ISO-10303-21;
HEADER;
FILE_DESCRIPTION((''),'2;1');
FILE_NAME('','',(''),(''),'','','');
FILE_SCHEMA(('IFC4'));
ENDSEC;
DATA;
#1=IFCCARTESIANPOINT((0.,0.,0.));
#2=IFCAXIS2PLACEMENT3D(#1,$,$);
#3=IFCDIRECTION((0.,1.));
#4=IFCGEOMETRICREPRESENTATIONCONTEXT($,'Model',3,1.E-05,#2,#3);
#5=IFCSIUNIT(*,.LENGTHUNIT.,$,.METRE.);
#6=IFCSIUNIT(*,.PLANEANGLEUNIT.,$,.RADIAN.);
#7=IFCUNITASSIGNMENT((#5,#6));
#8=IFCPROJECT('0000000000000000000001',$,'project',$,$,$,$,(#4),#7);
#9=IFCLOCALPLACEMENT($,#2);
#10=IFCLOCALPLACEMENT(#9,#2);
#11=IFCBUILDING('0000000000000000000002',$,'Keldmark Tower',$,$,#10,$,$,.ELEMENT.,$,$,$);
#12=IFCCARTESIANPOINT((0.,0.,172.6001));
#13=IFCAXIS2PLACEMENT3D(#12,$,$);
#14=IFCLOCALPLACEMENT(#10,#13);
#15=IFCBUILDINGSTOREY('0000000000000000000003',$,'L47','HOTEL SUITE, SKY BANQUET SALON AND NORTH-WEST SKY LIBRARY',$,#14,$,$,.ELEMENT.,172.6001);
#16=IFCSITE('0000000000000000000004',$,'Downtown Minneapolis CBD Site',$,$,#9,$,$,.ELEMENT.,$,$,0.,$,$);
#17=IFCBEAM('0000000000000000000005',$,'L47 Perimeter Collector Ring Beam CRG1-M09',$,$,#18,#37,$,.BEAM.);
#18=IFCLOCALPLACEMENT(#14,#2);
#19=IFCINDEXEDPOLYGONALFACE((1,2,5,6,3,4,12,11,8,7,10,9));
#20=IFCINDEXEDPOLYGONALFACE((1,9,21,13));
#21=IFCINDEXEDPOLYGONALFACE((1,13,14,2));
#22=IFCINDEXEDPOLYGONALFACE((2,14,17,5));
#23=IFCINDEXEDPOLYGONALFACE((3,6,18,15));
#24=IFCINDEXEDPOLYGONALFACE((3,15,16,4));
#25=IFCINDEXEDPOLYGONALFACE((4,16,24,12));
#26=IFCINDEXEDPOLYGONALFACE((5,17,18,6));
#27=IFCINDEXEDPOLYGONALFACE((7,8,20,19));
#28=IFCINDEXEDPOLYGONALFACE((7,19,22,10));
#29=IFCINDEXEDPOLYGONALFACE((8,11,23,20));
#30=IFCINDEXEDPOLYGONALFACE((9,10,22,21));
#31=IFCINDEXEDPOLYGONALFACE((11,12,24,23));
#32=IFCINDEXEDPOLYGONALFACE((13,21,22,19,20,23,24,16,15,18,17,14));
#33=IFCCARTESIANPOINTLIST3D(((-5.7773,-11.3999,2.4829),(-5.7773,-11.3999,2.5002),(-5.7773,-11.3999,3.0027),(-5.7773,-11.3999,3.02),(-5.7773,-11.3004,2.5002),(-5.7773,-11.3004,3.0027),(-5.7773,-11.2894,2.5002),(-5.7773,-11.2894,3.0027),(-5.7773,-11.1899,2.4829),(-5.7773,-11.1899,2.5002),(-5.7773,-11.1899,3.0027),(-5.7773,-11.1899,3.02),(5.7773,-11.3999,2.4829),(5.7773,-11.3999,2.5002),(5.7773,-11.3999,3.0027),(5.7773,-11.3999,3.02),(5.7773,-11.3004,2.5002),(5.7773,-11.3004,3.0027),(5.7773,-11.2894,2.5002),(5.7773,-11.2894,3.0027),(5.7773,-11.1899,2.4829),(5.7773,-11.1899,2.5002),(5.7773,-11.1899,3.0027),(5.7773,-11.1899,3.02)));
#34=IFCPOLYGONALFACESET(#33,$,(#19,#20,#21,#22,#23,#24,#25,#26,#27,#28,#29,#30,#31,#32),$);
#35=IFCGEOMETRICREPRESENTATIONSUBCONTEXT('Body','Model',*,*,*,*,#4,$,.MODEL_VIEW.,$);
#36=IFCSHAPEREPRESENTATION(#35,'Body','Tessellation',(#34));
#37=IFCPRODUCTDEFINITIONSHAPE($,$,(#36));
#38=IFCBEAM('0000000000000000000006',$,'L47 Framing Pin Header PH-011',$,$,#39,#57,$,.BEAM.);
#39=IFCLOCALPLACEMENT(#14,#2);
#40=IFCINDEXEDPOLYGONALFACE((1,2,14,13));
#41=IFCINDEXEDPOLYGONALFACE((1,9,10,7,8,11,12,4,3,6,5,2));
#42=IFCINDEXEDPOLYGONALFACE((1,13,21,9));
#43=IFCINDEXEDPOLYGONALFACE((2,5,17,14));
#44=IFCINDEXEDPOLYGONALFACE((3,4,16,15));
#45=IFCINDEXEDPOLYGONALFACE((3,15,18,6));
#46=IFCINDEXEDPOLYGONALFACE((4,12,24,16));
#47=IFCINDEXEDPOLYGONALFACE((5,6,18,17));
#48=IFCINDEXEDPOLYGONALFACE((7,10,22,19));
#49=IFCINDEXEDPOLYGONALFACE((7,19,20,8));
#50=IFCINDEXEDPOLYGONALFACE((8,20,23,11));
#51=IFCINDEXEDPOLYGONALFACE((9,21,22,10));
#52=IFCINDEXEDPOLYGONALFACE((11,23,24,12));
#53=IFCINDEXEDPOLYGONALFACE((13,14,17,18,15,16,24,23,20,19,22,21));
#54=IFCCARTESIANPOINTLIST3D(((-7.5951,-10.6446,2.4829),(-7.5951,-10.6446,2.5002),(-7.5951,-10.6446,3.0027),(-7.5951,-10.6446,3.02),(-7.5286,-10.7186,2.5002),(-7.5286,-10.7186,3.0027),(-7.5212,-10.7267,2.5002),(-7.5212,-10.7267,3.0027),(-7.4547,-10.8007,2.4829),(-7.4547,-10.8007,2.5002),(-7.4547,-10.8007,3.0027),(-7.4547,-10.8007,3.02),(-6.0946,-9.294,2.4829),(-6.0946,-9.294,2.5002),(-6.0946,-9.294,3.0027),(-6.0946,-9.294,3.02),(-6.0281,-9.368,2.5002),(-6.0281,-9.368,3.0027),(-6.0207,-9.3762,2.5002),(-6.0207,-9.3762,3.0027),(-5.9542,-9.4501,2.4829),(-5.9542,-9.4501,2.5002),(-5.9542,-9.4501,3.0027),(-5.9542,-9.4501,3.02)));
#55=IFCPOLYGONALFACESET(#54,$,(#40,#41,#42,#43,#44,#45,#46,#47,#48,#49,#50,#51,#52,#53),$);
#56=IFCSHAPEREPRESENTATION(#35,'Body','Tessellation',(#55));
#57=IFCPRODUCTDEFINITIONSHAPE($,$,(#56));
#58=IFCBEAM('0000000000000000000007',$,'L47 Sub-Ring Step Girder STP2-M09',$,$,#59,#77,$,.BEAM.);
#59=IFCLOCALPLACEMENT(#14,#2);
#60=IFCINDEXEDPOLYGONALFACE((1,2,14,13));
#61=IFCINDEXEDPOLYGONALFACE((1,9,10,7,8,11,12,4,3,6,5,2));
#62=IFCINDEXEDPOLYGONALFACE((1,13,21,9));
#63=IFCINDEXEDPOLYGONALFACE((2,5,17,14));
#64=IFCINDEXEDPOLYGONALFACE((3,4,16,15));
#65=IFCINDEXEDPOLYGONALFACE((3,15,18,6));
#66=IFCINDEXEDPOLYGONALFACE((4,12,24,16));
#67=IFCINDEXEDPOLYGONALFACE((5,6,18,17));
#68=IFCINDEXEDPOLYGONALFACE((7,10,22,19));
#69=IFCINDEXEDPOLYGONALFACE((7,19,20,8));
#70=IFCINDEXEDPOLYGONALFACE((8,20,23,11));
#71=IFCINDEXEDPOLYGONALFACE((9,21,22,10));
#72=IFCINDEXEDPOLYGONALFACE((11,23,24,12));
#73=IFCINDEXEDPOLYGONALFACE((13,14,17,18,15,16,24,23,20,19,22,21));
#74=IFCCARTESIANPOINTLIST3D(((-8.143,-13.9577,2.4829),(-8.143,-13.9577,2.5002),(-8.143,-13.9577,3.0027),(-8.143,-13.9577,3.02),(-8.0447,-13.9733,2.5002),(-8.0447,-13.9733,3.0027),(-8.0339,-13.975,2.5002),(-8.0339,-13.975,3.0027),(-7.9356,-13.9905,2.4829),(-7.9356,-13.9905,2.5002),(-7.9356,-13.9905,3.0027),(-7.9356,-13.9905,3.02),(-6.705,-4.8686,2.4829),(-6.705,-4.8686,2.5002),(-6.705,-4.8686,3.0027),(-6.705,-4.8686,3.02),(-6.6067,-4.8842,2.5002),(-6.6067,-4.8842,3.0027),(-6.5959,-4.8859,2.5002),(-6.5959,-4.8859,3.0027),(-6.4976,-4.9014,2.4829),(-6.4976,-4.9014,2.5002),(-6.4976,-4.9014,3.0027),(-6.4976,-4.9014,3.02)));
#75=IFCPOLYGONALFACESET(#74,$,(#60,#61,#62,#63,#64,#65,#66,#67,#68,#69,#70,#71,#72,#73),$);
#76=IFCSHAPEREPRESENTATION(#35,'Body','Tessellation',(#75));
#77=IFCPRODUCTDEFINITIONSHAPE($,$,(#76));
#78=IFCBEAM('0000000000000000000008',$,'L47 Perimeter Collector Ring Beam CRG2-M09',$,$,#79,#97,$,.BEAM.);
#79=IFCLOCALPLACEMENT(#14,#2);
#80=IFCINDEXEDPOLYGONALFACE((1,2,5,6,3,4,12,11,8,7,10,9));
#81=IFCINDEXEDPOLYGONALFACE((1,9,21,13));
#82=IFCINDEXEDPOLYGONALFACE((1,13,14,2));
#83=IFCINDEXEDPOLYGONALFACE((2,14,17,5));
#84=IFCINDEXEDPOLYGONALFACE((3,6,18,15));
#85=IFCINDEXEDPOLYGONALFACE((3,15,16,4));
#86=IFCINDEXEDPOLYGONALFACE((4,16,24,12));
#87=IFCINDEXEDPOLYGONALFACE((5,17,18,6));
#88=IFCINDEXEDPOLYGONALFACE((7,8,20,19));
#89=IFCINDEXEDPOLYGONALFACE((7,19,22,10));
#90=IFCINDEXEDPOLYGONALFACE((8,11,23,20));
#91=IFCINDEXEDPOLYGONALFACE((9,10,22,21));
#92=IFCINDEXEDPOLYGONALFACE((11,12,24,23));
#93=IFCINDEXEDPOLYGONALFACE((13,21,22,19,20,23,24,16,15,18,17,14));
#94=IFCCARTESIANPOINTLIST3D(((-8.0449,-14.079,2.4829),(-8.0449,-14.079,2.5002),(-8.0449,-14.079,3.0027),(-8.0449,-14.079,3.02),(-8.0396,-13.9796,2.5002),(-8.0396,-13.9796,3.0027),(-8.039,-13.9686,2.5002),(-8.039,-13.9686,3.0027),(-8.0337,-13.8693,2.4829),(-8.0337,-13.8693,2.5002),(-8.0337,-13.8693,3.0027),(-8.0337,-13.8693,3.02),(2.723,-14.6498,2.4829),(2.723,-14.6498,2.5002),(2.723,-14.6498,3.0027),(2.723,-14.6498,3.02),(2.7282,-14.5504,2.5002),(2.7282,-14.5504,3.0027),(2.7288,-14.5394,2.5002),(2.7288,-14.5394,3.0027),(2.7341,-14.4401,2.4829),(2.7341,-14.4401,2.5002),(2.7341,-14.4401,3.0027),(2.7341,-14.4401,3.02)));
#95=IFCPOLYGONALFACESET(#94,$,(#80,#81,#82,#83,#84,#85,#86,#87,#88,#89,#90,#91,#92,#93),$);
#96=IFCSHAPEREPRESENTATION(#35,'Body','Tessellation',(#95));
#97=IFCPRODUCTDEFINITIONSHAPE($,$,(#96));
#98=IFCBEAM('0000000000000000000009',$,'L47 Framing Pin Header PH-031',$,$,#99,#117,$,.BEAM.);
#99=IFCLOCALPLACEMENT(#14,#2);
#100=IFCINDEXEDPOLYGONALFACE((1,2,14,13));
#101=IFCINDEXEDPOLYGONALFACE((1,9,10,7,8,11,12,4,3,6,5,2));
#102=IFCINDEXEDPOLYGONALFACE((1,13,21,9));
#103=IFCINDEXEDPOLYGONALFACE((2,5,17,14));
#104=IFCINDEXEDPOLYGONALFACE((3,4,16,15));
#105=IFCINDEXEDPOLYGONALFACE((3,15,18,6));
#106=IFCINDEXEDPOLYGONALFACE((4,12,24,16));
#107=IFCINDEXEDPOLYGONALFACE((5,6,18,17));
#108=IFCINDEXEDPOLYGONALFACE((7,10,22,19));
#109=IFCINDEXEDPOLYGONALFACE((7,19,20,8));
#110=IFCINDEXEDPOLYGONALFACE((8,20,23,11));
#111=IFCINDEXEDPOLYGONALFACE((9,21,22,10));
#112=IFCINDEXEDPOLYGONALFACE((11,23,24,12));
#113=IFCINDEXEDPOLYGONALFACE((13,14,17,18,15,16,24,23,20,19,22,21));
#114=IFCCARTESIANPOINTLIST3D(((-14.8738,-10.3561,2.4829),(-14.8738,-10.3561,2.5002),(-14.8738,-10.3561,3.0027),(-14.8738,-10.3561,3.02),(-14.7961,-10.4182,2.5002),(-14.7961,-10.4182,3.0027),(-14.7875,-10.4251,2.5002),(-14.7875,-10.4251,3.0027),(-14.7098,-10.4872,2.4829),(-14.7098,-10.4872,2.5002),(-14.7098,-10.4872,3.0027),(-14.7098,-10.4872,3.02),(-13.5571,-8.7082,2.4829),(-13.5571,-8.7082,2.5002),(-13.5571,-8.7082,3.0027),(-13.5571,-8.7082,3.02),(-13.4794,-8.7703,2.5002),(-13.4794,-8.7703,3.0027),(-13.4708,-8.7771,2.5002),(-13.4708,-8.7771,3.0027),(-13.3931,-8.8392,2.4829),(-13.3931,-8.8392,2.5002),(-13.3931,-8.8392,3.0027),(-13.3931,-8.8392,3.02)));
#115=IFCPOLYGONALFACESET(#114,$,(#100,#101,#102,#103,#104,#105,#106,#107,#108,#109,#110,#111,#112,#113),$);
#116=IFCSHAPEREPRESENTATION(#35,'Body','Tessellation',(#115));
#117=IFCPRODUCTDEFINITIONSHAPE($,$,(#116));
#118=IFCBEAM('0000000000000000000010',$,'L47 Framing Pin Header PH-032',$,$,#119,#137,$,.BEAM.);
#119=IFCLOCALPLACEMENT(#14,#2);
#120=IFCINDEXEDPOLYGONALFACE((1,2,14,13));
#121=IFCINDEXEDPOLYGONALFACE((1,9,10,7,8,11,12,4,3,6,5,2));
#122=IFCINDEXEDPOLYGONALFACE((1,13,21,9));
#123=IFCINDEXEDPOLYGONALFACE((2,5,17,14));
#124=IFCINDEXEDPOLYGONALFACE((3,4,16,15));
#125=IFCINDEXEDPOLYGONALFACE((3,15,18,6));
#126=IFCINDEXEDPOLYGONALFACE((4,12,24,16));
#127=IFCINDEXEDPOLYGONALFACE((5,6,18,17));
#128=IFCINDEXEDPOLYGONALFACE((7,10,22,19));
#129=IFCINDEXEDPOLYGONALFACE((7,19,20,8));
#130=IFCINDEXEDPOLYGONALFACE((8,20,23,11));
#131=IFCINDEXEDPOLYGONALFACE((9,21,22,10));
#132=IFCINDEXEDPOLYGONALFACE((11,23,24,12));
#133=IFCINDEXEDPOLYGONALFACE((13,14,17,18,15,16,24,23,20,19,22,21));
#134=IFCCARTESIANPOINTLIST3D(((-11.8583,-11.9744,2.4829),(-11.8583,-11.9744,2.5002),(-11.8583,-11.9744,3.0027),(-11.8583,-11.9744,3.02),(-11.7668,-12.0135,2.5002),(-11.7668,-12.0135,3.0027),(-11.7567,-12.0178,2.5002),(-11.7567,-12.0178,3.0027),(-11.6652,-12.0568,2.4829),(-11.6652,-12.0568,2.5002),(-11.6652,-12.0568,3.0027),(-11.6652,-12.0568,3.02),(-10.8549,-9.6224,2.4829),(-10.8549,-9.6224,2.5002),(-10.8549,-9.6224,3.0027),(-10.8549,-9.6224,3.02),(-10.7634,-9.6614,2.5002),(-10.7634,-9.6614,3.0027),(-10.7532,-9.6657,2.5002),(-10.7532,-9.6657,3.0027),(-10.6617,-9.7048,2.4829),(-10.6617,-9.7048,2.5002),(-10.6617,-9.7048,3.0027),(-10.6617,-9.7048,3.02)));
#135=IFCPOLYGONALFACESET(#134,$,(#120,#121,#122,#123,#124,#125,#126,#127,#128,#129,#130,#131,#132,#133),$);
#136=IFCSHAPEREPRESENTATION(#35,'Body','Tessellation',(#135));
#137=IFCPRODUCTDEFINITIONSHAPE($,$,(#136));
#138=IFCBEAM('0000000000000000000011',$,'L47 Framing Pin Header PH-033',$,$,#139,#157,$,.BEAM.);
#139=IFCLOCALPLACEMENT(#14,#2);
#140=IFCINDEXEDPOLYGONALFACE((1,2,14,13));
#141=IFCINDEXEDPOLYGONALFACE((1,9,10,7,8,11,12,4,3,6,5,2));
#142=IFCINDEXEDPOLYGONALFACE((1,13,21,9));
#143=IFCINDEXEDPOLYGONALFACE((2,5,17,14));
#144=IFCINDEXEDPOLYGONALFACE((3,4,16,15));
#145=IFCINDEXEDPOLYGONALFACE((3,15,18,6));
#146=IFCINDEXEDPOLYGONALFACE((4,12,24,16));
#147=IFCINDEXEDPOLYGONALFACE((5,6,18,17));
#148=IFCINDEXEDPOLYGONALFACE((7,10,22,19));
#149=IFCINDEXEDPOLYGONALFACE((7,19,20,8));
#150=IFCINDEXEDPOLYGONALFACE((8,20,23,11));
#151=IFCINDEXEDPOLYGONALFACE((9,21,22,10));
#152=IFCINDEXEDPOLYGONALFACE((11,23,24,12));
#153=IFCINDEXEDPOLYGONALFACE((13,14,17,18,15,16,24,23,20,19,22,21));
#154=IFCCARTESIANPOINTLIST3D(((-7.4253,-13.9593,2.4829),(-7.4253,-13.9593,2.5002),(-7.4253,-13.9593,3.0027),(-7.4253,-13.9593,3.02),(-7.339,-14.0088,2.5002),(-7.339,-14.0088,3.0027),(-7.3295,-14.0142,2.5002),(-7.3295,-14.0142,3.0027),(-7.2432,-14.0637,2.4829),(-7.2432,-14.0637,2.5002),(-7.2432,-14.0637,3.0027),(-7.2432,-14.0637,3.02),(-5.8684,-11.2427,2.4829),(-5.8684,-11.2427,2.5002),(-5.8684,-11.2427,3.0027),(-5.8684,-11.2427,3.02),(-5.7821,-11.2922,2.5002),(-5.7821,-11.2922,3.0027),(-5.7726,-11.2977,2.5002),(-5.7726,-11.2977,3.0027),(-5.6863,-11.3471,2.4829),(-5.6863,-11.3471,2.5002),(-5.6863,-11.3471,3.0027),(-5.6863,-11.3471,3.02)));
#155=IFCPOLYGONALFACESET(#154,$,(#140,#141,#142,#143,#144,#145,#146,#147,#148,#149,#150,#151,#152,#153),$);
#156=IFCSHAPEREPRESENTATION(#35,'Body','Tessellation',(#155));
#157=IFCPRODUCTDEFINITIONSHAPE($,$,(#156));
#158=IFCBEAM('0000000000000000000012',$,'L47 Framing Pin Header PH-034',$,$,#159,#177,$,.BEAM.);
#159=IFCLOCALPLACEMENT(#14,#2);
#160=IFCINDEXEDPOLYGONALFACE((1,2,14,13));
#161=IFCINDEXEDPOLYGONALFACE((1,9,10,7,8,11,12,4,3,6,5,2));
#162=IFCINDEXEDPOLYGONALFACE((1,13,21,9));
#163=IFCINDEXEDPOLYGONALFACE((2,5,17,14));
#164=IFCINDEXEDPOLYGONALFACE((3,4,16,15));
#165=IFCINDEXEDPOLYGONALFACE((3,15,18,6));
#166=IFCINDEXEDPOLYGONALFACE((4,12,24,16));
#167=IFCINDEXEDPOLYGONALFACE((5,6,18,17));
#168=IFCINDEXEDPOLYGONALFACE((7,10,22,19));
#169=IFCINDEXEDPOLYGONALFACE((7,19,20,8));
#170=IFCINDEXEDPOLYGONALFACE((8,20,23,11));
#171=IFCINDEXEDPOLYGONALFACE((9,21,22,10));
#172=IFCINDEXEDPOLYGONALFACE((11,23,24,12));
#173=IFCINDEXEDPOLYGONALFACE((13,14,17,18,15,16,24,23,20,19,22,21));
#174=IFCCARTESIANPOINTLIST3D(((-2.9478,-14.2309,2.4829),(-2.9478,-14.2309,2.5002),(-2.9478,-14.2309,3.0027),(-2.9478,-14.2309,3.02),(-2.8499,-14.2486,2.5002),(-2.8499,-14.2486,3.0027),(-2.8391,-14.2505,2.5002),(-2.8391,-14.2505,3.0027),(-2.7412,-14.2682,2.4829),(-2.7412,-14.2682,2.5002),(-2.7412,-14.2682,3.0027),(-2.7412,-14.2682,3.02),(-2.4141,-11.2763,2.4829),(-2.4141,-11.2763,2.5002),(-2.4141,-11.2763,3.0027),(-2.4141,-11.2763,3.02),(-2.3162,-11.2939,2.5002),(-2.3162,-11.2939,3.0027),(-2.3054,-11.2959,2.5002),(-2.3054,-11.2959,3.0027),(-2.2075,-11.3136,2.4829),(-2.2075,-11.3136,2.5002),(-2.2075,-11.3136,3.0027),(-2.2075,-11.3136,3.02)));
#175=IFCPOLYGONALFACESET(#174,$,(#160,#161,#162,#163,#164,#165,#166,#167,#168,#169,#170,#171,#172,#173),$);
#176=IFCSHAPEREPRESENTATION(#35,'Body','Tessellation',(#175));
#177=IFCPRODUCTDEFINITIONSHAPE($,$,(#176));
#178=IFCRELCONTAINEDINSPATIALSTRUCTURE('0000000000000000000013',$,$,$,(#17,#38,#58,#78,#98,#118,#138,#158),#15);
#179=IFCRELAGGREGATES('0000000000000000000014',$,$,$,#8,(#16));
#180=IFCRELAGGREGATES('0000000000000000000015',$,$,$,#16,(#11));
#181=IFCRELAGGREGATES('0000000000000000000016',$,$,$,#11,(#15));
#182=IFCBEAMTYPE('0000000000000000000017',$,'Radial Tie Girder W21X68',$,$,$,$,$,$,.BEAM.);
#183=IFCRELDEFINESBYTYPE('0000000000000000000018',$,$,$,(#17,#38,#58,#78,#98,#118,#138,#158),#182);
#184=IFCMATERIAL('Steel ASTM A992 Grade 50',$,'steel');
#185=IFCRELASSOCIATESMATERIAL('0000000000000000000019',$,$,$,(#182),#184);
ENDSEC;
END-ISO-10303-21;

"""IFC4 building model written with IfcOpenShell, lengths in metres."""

from ifc_helpers import new_model, si_unit, direction, frame, origin, origin_2d, place, context, subcontext, project, spatial, i_section, extrude, material, material_profile, profile_set, type_object, element, save


model = new_model("IFC4")

# Units and contexts
model_context = context("Model", 3, precision=1e-05, world=origin(), true_north=direction((0.0, 1.0)))
body_context = subcontext(model_context, "Body", "Model", "MODEL_VIEW")
ifc_project = project(units=[si_unit("LENGTHUNIT", "METRE"), si_unit("PLANEANGLEUNIT", "RADIAN")], contexts=[model_context])

# Site, building, storey
site_placement = place(None, origin())
site = spatial("IfcSite", under=ifc_project, at=site_placement, Name="Downtown Minneapolis CBD Site", CompositionType="ELEMENT", RefElevation=0.0)
building_placement = place(site_placement, origin())
building = spatial("IfcBuilding", under=site, at=building_placement, Name="Keldmark Tower", CompositionType="ELEMENT")
storey_placement = place(building_placement, frame((0.0, 0.0, 172.6001)))
storey = spatial("IfcBuildingStorey", under=building, at=storey_placement, Name="L47", Description="HOTEL SUITE, SKY BANQUET SALON AND NORTH-WEST SKY LIBRARY", CompositionType="ELEMENT", Elevation=172.6001)

# Beams
ifc_material_1 = material(Name="Steel ASTM A992 Grade 50", Category="steel")
ifc_material_profile_1 = material_profile(ifc_material_1, i_section(OverallWidth=0.21, OverallDepth=0.5371, WebThickness=0.011, FlangeThickness=0.0173, at=origin_2d()), Name="W21X68")
ifc_profile_set_1 = profile_set([ifc_material_profile_1], Name="Steel ASTM A992 Grade 50")
beam_type_1 = type_object("IfcBeamType", Name="Radial Tie Girder W21X68", PredefinedType="BEAM", material=ifc_profile_set_1)
beam_1_placement = place(storey_placement, frame((-5.7773, -11.2949, 2.7515), z_axis=(1.0, 0.0, 0.0), x_axis=(0.0, 1.0, 0.0)))
element("IfcBeam", 1, at=beam_1_placement, inside=storey, type_object=beam_type_1, Name="L47 Perimeter Collector Ring Beam CRG1-M09", PredefinedType="BEAM", context=body_context, shape_type="SweptSolid", body=[
    extrude(i_section(OverallWidth=0.21, OverallDepth=0.5371, WebThickness=0.011, FlangeThickness=0.0173, at=origin_2d()), origin(), (0.0, 0.0, 1.0), 11.5547),
])
beam_2_placement = place(storey_placement, frame((-6.0244, -9.3721, 2.7515), z_axis=(-0.743258, -0.669005, 0.0), x_axis=(0.669005, -0.743258, 0.0)))
element("IfcBeam", 2, at=beam_2_placement, inside=storey, type_object=beam_type_1, Name="L47 Framing Pin Header PH-011", PredefinedType="BEAM", context=body_context, shape_type="SweptSolid", body=[
    extrude(i_section(OverallWidth=0.21, OverallDepth=0.5371, WebThickness=0.011, FlangeThickness=0.0173, at=origin_2d()), origin(), (0.0, 0.0, 1.0), 2.0188),
])
beam_3_placement = place(storey_placement, frame((-6.6013, -4.885, 2.7515), z_axis=(-0.156266, -0.987715, 0.0), x_axis=(0.987715, -0.156266, 0.0)))
element("IfcBeam", 3, at=beam_3_placement, inside=storey, type_object=beam_type_1, Name="L47 Sub-Ring Step Girder STP2-M09", PredefinedType="BEAM", context=body_context, shape_type="SweptSolid", body=[
    extrude(i_section(OverallWidth=0.21, OverallDepth=0.5371, WebThickness=0.011, FlangeThickness=0.0173, at=origin_2d()), origin(), (0.0, 0.0, 1.0), 9.2021),
])
beam_4_placement = place(storey_placement, frame((-8.0393, -13.9741, 2.7515), z_axis=(0.998598, -0.052936, 0.0), x_axis=(0.052936, 0.998598, 0.0)))
element("IfcBeam", 4, at=beam_4_placement, inside=storey, type_object=beam_type_1, Name="L47 Perimeter Collector Ring Beam CRG2-M09", PredefinedType="BEAM", context=body_context, shape_type="SweptSolid", body=[
    extrude(i_section(OverallWidth=0.21, OverallDepth=0.5371, WebThickness=0.011, FlangeThickness=0.0173, at=origin_2d()), origin(), (0.0, 0.0, 1.0), 10.783),
])
beam_5_placement = place(storey_placement, frame((-13.4751, -8.7737, 2.7515), z_axis=(-0.624201, -0.781264, 0.0), x_axis=(0.781264, -0.624201, 0.0)))
element("IfcBeam", 5, at=beam_5_placement, inside=storey, type_object=beam_type_1, Name="L47 Framing Pin Header PH-031", PredefinedType="BEAM", context=body_context, shape_type="SweptSolid", body=[
    extrude(i_section(OverallWidth=0.21, OverallDepth=0.5371, WebThickness=0.011, FlangeThickness=0.0173, at=origin_2d()), origin(), (0.0, 0.0, 1.0), 2.1094),
])
beam_6_placement = place(storey_placement, frame((-10.7583, -9.6636, 2.7515), z_axis=(-0.392398, -0.919796, 0.0), x_axis=(0.919796, -0.392398, 0.0)))
element("IfcBeam", 6, at=beam_6_placement, inside=storey, type_object=beam_type_1, Name="L47 Framing Pin Header PH-032", PredefinedType="BEAM", context=body_context, shape_type="SweptSolid", body=[
    extrude(i_section(OverallWidth=0.21, OverallDepth=0.5371, WebThickness=0.011, FlangeThickness=0.0173, at=origin_2d()), origin(), (0.0, 0.0, 1.0), 2.5571),
])
beam_7_placement = place(storey_placement, frame((-5.7773, -11.2949, 2.7515), z_axis=(-0.497239, -0.867614, 0.0), x_axis=(0.867614, -0.497239, 0.0)))
element("IfcBeam", 7, at=beam_7_placement, inside=storey, type_object=beam_type_1, Name="L47 Framing Pin Header PH-033", PredefinedType="BEAM", context=body_context, shape_type="SweptSolid", body=[
    extrude(i_section(OverallWidth=0.21, OverallDepth=0.5371, WebThickness=0.011, FlangeThickness=0.0173, at=origin_2d()), origin(), (0.0, 0.0, 1.0), 3.1311),
])
beam_8_placement = place(storey_placement, frame((-2.3108, -11.2949, 2.7515), z_axis=(-0.177755, -0.984075, 0.0), x_axis=(0.984075, -0.177755, 0.0)))
element("IfcBeam", 8, at=beam_8_placement, inside=storey, type_object=beam_type_1, Name="L47 Framing Pin Header PH-034", PredefinedType="BEAM", context=body_context, shape_type="SweptSolid", body=[
    extrude(i_section(OverallWidth=0.21, OverallDepth=0.5371, WebThickness=0.011, FlangeThickness=0.0173, at=origin_2d()), origin(), (0.0, 0.0, 1.0), 3.0024),
])

save(model, "model.ifc")
